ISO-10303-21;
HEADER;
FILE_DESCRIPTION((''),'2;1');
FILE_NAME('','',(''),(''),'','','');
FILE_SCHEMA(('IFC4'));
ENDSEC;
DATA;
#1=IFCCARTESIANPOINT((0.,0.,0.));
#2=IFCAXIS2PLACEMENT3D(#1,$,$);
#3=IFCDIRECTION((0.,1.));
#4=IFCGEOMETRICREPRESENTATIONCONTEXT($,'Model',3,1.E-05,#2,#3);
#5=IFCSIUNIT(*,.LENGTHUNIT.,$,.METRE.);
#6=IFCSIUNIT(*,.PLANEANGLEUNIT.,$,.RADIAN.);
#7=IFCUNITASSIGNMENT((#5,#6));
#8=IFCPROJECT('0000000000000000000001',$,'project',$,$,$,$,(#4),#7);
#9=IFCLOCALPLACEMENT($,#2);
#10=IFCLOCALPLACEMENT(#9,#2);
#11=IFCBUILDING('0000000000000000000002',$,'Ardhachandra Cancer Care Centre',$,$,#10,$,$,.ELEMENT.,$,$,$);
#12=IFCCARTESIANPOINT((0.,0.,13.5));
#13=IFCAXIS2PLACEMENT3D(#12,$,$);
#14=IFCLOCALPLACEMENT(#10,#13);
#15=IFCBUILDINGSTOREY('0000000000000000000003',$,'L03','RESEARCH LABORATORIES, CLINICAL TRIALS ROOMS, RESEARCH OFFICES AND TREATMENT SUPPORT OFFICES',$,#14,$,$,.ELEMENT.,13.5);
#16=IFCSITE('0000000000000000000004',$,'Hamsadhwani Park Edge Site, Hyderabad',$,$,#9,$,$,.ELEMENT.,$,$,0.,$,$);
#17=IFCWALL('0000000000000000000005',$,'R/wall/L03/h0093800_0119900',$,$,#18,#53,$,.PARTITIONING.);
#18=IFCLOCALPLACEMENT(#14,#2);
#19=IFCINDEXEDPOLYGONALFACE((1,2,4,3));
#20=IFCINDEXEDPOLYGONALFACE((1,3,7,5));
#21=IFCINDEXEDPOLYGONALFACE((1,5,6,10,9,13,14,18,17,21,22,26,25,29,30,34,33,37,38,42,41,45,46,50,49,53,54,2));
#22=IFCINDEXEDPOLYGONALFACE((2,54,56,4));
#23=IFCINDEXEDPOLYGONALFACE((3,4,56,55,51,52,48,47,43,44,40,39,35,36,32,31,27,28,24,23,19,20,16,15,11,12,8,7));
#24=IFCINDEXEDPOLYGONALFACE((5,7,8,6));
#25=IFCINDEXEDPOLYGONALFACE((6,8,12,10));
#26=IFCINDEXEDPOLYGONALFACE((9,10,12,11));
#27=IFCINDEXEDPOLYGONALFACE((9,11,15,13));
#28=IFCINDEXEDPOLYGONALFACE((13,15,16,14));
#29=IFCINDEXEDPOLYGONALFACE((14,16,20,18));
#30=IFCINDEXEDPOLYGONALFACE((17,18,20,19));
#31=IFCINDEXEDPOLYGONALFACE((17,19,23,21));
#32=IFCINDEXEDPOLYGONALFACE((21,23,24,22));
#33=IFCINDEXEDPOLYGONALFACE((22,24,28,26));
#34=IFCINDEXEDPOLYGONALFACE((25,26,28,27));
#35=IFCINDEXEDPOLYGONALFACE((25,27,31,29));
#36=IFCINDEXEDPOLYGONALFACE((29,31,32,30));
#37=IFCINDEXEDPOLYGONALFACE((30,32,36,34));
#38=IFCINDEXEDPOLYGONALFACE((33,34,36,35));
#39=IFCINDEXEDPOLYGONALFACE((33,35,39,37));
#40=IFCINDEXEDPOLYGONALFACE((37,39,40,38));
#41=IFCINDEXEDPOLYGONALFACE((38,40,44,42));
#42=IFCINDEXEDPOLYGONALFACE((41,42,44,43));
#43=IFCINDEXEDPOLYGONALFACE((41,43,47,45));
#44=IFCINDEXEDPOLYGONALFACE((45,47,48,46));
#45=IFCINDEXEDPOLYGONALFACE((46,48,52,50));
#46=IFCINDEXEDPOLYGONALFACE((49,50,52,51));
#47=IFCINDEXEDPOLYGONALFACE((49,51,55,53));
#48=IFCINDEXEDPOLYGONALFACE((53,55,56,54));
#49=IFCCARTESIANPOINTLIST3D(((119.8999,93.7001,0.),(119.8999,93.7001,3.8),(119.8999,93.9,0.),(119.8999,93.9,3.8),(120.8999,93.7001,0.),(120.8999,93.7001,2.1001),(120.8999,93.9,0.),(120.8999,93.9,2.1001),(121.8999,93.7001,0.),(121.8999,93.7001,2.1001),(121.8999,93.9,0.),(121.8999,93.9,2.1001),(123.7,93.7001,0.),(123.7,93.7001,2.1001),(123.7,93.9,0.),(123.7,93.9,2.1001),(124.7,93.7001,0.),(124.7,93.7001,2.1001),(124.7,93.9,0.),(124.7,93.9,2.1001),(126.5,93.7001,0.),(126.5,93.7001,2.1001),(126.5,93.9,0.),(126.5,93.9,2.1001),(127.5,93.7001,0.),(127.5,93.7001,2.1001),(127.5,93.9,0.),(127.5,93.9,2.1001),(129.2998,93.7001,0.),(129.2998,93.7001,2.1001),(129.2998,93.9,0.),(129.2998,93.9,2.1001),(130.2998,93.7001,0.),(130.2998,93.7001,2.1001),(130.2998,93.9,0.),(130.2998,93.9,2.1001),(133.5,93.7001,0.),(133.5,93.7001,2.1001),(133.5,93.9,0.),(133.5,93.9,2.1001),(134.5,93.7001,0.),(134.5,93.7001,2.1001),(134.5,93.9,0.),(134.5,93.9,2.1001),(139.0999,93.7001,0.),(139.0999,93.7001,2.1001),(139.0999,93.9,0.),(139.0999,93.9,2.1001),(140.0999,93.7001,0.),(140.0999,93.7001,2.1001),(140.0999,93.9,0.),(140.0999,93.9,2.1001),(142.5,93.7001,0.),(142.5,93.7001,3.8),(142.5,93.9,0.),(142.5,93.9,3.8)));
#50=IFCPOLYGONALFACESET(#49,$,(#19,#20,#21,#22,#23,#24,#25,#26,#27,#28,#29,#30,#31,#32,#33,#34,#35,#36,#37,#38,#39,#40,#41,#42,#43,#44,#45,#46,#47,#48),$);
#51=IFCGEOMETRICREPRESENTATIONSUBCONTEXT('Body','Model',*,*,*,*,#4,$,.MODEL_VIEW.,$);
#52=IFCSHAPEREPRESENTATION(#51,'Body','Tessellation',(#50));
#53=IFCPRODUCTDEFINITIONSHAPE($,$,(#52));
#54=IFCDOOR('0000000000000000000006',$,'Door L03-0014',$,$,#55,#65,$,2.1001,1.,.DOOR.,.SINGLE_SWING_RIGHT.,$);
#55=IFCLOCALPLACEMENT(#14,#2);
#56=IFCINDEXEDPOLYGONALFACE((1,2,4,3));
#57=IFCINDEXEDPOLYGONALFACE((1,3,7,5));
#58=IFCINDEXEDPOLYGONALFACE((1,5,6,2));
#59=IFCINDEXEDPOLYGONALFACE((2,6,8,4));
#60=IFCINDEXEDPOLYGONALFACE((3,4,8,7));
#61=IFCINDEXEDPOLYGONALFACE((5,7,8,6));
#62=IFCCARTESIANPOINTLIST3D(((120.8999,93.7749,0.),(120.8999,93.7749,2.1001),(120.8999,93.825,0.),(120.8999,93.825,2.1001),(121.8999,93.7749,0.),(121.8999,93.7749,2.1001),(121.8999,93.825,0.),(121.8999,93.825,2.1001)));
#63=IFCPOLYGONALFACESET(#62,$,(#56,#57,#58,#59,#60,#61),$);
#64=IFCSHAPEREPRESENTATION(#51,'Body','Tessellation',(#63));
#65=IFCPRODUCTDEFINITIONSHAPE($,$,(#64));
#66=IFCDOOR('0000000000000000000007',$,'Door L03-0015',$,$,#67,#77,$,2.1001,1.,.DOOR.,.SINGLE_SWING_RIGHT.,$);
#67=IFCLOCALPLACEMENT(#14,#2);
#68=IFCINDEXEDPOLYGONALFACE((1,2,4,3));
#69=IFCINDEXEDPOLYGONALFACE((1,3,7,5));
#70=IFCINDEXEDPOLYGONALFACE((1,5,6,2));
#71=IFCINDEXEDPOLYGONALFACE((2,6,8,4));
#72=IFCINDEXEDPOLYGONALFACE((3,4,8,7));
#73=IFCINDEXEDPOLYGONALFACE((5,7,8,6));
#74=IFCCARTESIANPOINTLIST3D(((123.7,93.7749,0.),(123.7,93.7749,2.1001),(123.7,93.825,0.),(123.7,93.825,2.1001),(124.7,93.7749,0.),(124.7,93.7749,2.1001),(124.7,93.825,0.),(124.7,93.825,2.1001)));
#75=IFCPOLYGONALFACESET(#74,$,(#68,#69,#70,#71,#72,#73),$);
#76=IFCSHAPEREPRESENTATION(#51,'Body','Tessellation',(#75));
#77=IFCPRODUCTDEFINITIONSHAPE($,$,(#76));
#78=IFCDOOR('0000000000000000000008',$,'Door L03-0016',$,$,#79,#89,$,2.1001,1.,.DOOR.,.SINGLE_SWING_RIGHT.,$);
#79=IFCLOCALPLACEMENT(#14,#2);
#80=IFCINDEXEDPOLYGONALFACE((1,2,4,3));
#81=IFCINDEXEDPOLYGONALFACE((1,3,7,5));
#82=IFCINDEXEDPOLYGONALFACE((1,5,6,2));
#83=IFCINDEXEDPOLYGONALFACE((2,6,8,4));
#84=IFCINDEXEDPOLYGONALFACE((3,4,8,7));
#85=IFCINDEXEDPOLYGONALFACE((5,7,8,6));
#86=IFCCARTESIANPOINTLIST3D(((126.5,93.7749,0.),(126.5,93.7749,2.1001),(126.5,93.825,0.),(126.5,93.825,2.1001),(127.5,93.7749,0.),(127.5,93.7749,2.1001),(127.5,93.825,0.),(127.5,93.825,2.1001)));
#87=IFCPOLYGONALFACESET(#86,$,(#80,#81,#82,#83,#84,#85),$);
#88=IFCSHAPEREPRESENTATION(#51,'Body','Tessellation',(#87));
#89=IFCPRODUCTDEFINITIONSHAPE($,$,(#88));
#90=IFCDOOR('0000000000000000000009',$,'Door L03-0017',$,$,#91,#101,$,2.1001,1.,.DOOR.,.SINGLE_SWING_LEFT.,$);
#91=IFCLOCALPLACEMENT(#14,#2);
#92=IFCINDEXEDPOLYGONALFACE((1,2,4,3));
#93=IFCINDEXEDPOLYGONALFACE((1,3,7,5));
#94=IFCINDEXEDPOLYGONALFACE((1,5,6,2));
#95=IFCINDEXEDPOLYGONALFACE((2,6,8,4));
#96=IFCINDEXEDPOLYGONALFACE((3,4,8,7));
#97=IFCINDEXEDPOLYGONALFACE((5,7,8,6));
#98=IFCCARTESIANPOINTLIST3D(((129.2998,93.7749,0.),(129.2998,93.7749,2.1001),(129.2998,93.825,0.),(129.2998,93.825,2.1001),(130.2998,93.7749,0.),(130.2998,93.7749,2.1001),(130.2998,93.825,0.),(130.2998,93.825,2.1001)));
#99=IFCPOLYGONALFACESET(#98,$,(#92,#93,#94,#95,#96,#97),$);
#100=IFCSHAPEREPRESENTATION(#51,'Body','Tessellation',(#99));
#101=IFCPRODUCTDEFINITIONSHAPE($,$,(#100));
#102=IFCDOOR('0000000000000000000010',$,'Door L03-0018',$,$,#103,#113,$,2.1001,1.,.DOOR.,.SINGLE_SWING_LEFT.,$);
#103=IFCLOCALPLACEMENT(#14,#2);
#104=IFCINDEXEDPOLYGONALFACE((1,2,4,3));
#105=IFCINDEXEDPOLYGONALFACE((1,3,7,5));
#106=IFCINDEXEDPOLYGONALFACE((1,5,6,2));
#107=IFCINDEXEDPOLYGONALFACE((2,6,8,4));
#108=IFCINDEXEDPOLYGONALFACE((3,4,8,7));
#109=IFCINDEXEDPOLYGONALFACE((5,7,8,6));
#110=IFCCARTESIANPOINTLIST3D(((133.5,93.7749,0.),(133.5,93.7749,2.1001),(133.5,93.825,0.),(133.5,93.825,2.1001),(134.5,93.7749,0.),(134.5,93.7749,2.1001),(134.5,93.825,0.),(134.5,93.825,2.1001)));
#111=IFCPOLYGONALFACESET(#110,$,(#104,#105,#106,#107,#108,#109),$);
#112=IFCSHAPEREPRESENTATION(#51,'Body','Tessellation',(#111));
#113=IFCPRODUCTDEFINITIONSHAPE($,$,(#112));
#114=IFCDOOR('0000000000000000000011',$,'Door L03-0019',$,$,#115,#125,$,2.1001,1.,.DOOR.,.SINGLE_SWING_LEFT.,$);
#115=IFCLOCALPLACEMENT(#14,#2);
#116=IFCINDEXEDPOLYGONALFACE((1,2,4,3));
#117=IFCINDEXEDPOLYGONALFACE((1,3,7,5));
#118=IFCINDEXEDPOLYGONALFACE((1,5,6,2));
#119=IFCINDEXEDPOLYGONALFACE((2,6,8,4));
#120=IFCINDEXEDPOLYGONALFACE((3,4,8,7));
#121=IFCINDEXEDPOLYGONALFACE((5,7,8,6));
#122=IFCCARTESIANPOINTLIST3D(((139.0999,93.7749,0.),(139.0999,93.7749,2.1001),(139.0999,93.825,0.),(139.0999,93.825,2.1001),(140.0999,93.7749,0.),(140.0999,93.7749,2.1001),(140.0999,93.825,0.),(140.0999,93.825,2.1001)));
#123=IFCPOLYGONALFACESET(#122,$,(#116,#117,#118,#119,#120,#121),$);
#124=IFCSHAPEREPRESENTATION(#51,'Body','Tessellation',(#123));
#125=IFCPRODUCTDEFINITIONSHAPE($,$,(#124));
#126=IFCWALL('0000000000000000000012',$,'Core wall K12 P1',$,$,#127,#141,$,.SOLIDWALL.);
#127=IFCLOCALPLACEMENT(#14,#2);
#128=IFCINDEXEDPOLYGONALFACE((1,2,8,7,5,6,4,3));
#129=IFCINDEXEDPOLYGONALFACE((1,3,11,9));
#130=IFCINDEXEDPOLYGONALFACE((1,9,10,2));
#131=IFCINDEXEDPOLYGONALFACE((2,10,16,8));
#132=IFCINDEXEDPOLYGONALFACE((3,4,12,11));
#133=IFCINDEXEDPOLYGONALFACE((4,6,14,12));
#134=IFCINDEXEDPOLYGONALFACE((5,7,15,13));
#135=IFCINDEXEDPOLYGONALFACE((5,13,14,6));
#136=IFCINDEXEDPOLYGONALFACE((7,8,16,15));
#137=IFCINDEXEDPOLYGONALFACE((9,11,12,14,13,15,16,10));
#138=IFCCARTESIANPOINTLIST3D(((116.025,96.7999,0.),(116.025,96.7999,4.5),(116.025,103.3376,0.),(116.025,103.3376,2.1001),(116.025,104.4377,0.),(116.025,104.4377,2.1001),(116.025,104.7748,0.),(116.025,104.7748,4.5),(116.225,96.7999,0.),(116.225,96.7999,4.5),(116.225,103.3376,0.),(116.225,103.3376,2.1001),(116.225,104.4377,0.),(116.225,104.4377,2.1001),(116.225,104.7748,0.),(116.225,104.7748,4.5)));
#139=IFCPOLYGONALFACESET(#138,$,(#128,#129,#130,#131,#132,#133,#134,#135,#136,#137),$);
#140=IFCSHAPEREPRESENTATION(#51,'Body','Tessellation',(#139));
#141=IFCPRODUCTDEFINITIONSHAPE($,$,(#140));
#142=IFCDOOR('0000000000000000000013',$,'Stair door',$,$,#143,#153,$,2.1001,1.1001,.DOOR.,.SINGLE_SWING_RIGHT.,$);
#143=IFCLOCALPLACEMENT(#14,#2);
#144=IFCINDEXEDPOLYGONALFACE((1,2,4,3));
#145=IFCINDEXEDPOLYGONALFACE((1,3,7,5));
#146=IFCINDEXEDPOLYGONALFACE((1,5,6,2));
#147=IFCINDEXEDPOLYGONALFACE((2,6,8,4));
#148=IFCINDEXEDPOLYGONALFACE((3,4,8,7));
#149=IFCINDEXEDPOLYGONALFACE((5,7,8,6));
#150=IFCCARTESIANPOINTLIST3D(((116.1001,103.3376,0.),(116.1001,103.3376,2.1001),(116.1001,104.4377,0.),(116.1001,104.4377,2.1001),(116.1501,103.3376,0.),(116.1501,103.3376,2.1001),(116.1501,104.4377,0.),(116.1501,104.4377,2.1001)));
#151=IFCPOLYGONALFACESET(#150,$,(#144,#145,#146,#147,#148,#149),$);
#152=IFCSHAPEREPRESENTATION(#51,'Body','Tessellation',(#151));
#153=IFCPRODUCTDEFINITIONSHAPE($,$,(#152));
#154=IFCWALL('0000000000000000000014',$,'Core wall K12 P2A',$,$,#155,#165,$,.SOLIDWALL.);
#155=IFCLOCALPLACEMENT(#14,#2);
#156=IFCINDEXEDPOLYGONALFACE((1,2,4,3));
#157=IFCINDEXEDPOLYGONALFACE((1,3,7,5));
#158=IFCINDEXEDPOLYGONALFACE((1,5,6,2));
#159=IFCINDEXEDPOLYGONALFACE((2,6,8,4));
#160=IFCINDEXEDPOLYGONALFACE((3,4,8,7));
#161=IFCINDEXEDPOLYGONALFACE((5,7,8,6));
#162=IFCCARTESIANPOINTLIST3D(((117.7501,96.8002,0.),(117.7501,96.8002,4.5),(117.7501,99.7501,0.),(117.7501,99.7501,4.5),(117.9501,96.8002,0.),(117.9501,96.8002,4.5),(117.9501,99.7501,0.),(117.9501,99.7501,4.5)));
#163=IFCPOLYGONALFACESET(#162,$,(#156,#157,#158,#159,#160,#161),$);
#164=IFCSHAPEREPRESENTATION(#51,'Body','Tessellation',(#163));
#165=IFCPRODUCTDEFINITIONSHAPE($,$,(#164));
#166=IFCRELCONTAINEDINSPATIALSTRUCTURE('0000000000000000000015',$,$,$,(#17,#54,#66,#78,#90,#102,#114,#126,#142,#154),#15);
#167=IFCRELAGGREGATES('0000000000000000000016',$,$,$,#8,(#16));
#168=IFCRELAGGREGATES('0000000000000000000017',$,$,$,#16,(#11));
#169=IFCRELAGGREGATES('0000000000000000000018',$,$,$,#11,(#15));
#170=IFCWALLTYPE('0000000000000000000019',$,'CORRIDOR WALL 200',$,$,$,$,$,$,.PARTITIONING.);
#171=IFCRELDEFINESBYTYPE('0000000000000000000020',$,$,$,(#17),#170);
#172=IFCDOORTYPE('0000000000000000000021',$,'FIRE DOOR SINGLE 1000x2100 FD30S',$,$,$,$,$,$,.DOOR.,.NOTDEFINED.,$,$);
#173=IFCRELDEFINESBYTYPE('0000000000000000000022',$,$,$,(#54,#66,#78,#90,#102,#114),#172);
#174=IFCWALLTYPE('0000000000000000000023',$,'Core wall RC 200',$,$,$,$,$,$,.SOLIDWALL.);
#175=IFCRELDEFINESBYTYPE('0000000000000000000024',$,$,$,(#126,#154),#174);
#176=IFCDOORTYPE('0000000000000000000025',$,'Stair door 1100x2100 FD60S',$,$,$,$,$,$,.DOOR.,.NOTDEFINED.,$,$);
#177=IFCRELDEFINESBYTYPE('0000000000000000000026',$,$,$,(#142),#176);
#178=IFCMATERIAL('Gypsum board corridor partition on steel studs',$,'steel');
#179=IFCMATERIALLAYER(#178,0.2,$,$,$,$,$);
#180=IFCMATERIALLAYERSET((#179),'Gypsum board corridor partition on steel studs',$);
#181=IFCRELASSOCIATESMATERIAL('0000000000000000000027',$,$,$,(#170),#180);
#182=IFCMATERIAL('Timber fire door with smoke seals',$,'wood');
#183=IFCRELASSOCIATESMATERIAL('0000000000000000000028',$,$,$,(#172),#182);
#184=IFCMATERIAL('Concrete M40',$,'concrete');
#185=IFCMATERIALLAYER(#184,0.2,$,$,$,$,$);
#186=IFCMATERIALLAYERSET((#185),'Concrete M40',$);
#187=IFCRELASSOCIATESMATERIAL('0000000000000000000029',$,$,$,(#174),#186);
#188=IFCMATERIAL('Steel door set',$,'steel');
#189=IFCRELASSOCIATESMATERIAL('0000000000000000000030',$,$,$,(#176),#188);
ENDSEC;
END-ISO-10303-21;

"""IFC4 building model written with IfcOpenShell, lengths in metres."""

from ifc_helpers import new_model, si_unit, direction, frame, frame_2d, origin, place, context, subcontext, project, spatial, rectangle, extrude, material, layer, layer_set, type_object, element, fill, save


model = new_model("IFC4")

# Units and contexts
model_context = context("Model", 3, precision=1e-05, world=origin(), true_north=direction((0.0, 1.0)))
body_context = subcontext(model_context, "Body", "Model", "MODEL_VIEW")
ifc_project = project(units=[si_unit("LENGTHUNIT", "METRE"), si_unit("PLANEANGLEUNIT", "RADIAN")], contexts=[model_context])

# Site, building, storey
site_placement = place(None, origin())
site = spatial("IfcSite", under=ifc_project, at=site_placement, Name="Hamsadhwani Park Edge Site, Hyderabad", CompositionType="ELEMENT", RefElevation=0.0)
building_placement = place(site_placement, origin())
building = spatial("IfcBuilding", under=site, at=building_placement, Name="Ardhachandra Cancer Care Centre", CompositionType="ELEMENT")
storey_placement = place(building_placement, frame((0.0, 0.0, 13.5)))
storey = spatial("IfcBuildingStorey", under=building, at=storey_placement, Name="L03", Description="RESEARCH LABORATORIES, CLINICAL TRIALS ROOMS, RESEARCH OFFICES AND TREATMENT SUPPORT OFFICES", CompositionType="ELEMENT", Elevation=13.5)

# Wall, openings, doors
ifc_material_1 = material(Name="Gypsum board corridor partition on steel studs", Category="steel")
ifc_layer_1 = layer(ifc_material_1, 0.2)
ifc_layer_set_1 = layer_set([ifc_layer_1], Name="Gypsum board corridor partition on steel studs")
wall_type_1 = type_object("IfcWallType", Name="CORRIDOR WALL 200", PredefinedType="PARTITIONING", material=ifc_layer_set_1)
wall_1_placement = place(storey_placement, frame((119.8999, 93.8, 0.0), z_axis=(0.0, 0.0, 1.0), x_axis=(1.0, 0.0, 0.0)))
wall_1 = element("IfcWall", 1, at=wall_1_placement, inside=storey, type_object=wall_type_1, Name="R/wall/L03/h0093800_0119900", PredefinedType="PARTITIONING", context=body_context, shape_type="SweptSolid", body=[
    extrude(rectangle(XDim=22.6001, YDim=0.2, at=frame_2d((11.3, 0.0))), origin(), (0.0, 0.0, 1.0), 3.8),
])
opening_1_placement = place(wall_1_placement, frame((1.0, 0.0, 0.0)))
opening_1 = element("IfcOpeningElement", 2, at=opening_1_placement, cuts=wall_1, PredefinedType="OPENING", context=body_context, shape_type="SweptSolid", body=[
    extrude(rectangle(XDim=1.0, YDim=2.1001, at=frame_2d((0.5, 1.05))), frame((0.0, 0.1099, 0.0), z_axis=(0.0, -1.0, 0.0), x_axis=(1.0, 0.0, 0.0)), (0.0, 0.0, 1.0), 0.22),
])
opening_2_placement = place(wall_1_placement, frame((3.8, 0.0, 0.0)))
opening_2 = element("IfcOpeningElement", 3, at=opening_2_placement, cuts=wall_1, PredefinedType="OPENING", context=body_context, shape_type="SweptSolid", body=[
    extrude(rectangle(XDim=1.0, YDim=2.1001, at=frame_2d((0.5, 1.05))), frame((0.0, 0.1099, 0.0), z_axis=(0.0, -1.0, 0.0), x_axis=(1.0, 0.0, 0.0)), (0.0, 0.0, 1.0), 0.22),
])
opening_3_placement = place(wall_1_placement, frame((6.6001, 0.0, 0.0)))
opening_3 = element("IfcOpeningElement", 4, at=opening_3_placement, cuts=wall_1, PredefinedType="OPENING", context=body_context, shape_type="SweptSolid", body=[
    extrude(rectangle(XDim=1.0, YDim=2.1001, at=frame_2d((0.5, 1.05))), frame((0.0, 0.1099, 0.0), z_axis=(0.0, -1.0, 0.0), x_axis=(1.0, 0.0, 0.0)), (0.0, 0.0, 1.0), 0.22),
])
opening_4_placement = place(wall_1_placement, frame((9.3999, 0.0, 0.0)))
opening_4 = element("IfcOpeningElement", 5, at=opening_4_placement, cuts=wall_1, PredefinedType="OPENING", context=body_context, shape_type="SweptSolid", body=[
    extrude(rectangle(XDim=1.0, YDim=2.1001, at=frame_2d((0.5, 1.05))), frame((0.0, 0.1099, 0.0), z_axis=(0.0, -1.0, 0.0), x_axis=(1.0, 0.0, 0.0)), (0.0, 0.0, 1.0), 0.22),
])
opening_5_placement = place(wall_1_placement, frame((13.6001, 0.0, 0.0)))
opening_5 = element("IfcOpeningElement", 6, at=opening_5_placement, cuts=wall_1, PredefinedType="OPENING", context=body_context, shape_type="SweptSolid", body=[
    extrude(rectangle(XDim=1.0, YDim=2.1001, at=frame_2d((0.5, 1.05))), frame((0.0, 0.1099, 0.0), z_axis=(0.0, -1.0, 0.0), x_axis=(1.0, 0.0, 0.0)), (0.0, 0.0, 1.0), 0.22),
])
opening_6_placement = place(wall_1_placement, frame((19.2, 0.0, 0.0)))
opening_6 = element("IfcOpeningElement", 7, at=opening_6_placement, cuts=wall_1, PredefinedType="OPENING", context=body_context, shape_type="SweptSolid", body=[
    extrude(rectangle(XDim=1.0, YDim=2.1001, at=frame_2d((0.5, 1.05))), frame((0.0, 0.1099, 0.0), z_axis=(0.0, -1.0, 0.0), x_axis=(1.0, 0.0, 0.0)), (0.0, 0.0, 1.0), 0.22),
])
ifc_material_2 = material(Name="Timber fire door with smoke seals", Category="wood")
door_type_1 = type_object("IfcDoorType", Name="FIRE DOOR SINGLE 1000x2100 FD30S", OperationType="NOTDEFINED", PredefinedType="DOOR", material=ifc_material_2)
door_1_placement = place(opening_1_placement, origin())
door_1 = element("IfcDoor", 8, at=door_1_placement, inside=storey, type_object=door_type_1, Name="Door L03-0014", OperationType="SINGLE_SWING_RIGHT", OverallHeight=2.1001, OverallWidth=1.0, PredefinedType="DOOR", context=body_context, shape_type="SweptSolid", body=[
    extrude(rectangle(XDim=1.0, YDim=2.1001, at=frame_2d((0.5, 1.05))), frame((0.0, 0.0249, 0.0), z_axis=(0.0, -1.0, 0.0), x_axis=(1.0, 0.0, 0.0)), (0.0, 0.0, 1.0), 0.05),
])
fill(opening_1, door_1)
door_2_placement = place(opening_2_placement, origin())
door_2 = element("IfcDoor", 9, at=door_2_placement, inside=storey, type_object=door_type_1, Name="Door L03-0015", OperationType="SINGLE_SWING_RIGHT", OverallHeight=2.1001, OverallWidth=1.0, PredefinedType="DOOR", context=body_context, shape_type="SweptSolid", body=[
    extrude(rectangle(XDim=1.0, YDim=2.1001, at=frame_2d((0.5, 1.05))), frame((0.0, 0.0249, 0.0), z_axis=(0.0, -1.0, 0.0), x_axis=(1.0, 0.0, 0.0)), (0.0, 0.0, 1.0), 0.05),
])
fill(opening_2, door_2)
door_3_placement = place(opening_3_placement, origin())
door_3 = element("IfcDoor", 10, at=door_3_placement, inside=storey, type_object=door_type_1, Name="Door L03-0016", OperationType="SINGLE_SWING_RIGHT", OverallHeight=2.1001, OverallWidth=1.0, PredefinedType="DOOR", context=body_context, shape_type="SweptSolid", body=[
    extrude(rectangle(XDim=1.0, YDim=2.1001, at=frame_2d((0.5, 1.05))), frame((0.0, 0.0249, 0.0), z_axis=(0.0, -1.0, 0.0), x_axis=(1.0, 0.0, 0.0)), (0.0, 0.0, 1.0), 0.05),
])
fill(opening_3, door_3)
door_4_placement = place(opening_4_placement, origin())
door_4 = element("IfcDoor", 11, at=door_4_placement, inside=storey, type_object=door_type_1, Name="Door L03-0017", OperationType="SINGLE_SWING_LEFT", OverallHeight=2.1001, OverallWidth=1.0, PredefinedType="DOOR", context=body_context, shape_type="SweptSolid", body=[
    extrude(rectangle(XDim=1.0, YDim=2.1001, at=frame_2d((0.5, 1.05))), frame((0.0, 0.0249, 0.0), z_axis=(0.0, -1.0, 0.0), x_axis=(1.0, 0.0, 0.0)), (0.0, 0.0, 1.0), 0.05),
])
fill(opening_4, door_4)
door_5_placement = place(opening_5_placement, origin())
door_5 = element("IfcDoor", 12, at=door_5_placement, inside=storey, type_object=door_type_1, Name="Door L03-0018", OperationType="SINGLE_SWING_LEFT", OverallHeight=2.1001, OverallWidth=1.0, PredefinedType="DOOR", context=body_context, shape_type="SweptSolid", body=[
    extrude(rectangle(XDim=1.0, YDim=2.1001, at=frame_2d((0.5, 1.05))), frame((0.0, 0.0249, 0.0), z_axis=(0.0, -1.0, 0.0), x_axis=(1.0, 0.0, 0.0)), (0.0, 0.0, 1.0), 0.05),
])
fill(opening_5, door_5)
door_6_placement = place(opening_6_placement, origin())
door_6 = element("IfcDoor", 13, at=door_6_placement, inside=storey, type_object=door_type_1, Name="Door L03-0019", OperationType="SINGLE_SWING_LEFT", OverallHeight=2.1001, OverallWidth=1.0, PredefinedType="DOOR", context=body_context, shape_type="SweptSolid", body=[
    extrude(rectangle(XDim=1.0, YDim=2.1001, at=frame_2d((0.5, 1.05))), frame((0.0, 0.0249, 0.0), z_axis=(0.0, -1.0, 0.0), x_axis=(1.0, 0.0, 0.0)), (0.0, 0.0, 1.0), 0.05),
])
fill(opening_6, door_6)

# Wall, opening, door
ifc_material_3 = material(Name="Concrete M40", Category="concrete")
ifc_layer_2 = layer(ifc_material_3, 0.2)
ifc_layer_set_2 = layer_set([ifc_layer_2], Name="Concrete M40")
wall_type_2 = type_object("IfcWallType", Name="Core wall RC 200", PredefinedType="SOLIDWALL", material=ifc_layer_set_2)
wall_2_placement = place(storey_placement, frame((116.125, 96.8, 0.0), z_axis=(0.0, 0.0, 1.0), x_axis=(0.0, 1.0, 0.0)))
wall_2 = element("IfcWall", 14, at=wall_2_placement, inside=storey, type_object=wall_type_2, Name="Core wall K12 P1", PredefinedType="SOLIDWALL", context=body_context, shape_type="SweptSolid", body=[
    extrude(rectangle(XDim=7.9749, YDim=0.2, at=frame_2d((3.9873, 0.0))), origin(), (0.0, 0.0, 1.0), 4.5),
])
opening_7_placement = place(wall_2_placement, frame((6.5376, 0.0, 0.0)))
opening_7 = element("IfcOpeningElement", 15, at=opening_7_placement, cuts=wall_2, PredefinedType="OPENING", context=body_context, shape_type="SweptSolid", body=[
    extrude(rectangle(XDim=1.1001, YDim=2.1001, at=frame_2d((0.55, 1.05))), frame((0.0, 0.1099, 0.0), z_axis=(0.0, -1.0, 0.0), x_axis=(1.0, 0.0, 0.0)), (0.0, 0.0, 1.0), 0.22),
])
ifc_material_4 = material(Name="Steel door set", Category="steel")
door_type_2 = type_object("IfcDoorType", Name="Stair door 1100x2100 FD60S", OperationType="NOTDEFINED", PredefinedType="DOOR", material=ifc_material_4)
door_7_placement = place(opening_7_placement, origin())
door_7 = element("IfcDoor", 16, at=door_7_placement, inside=storey, type_object=door_type_2, Name="Stair door", OperationType="SINGLE_SWING_RIGHT", OverallHeight=2.1001, OverallWidth=1.1001, PredefinedType="DOOR", context=body_context, shape_type="SweptSolid", body=[
    extrude(rectangle(XDim=1.1001, YDim=2.1001, at=frame_2d((0.55, 1.05))), frame((0.0, 0.0249, 0.0), z_axis=(0.0, -1.0, 0.0), x_axis=(1.0, 0.0, 0.0)), (0.0, 0.0, 1.0), 0.05),
])
fill(opening_7, door_7)

# Wall
wall_3_placement = place(storey_placement, frame((117.8501, 96.8, 0.0), z_axis=(0.0, 0.0, 1.0), x_axis=(0.0, 1.0, 0.0)))
element("IfcWall", 17, at=wall_3_placement, inside=storey, type_object=wall_type_2, Name="Core wall K12 P2A", PredefinedType="SOLIDWALL", context=body_context, shape_type="SweptSolid", body=[
    extrude(rectangle(XDim=2.95, YDim=0.2, at=frame_2d((1.4751, 0.0))), origin(), (0.0, 0.0, 1.0), 4.5),
])

save(model, "model.ifc")
